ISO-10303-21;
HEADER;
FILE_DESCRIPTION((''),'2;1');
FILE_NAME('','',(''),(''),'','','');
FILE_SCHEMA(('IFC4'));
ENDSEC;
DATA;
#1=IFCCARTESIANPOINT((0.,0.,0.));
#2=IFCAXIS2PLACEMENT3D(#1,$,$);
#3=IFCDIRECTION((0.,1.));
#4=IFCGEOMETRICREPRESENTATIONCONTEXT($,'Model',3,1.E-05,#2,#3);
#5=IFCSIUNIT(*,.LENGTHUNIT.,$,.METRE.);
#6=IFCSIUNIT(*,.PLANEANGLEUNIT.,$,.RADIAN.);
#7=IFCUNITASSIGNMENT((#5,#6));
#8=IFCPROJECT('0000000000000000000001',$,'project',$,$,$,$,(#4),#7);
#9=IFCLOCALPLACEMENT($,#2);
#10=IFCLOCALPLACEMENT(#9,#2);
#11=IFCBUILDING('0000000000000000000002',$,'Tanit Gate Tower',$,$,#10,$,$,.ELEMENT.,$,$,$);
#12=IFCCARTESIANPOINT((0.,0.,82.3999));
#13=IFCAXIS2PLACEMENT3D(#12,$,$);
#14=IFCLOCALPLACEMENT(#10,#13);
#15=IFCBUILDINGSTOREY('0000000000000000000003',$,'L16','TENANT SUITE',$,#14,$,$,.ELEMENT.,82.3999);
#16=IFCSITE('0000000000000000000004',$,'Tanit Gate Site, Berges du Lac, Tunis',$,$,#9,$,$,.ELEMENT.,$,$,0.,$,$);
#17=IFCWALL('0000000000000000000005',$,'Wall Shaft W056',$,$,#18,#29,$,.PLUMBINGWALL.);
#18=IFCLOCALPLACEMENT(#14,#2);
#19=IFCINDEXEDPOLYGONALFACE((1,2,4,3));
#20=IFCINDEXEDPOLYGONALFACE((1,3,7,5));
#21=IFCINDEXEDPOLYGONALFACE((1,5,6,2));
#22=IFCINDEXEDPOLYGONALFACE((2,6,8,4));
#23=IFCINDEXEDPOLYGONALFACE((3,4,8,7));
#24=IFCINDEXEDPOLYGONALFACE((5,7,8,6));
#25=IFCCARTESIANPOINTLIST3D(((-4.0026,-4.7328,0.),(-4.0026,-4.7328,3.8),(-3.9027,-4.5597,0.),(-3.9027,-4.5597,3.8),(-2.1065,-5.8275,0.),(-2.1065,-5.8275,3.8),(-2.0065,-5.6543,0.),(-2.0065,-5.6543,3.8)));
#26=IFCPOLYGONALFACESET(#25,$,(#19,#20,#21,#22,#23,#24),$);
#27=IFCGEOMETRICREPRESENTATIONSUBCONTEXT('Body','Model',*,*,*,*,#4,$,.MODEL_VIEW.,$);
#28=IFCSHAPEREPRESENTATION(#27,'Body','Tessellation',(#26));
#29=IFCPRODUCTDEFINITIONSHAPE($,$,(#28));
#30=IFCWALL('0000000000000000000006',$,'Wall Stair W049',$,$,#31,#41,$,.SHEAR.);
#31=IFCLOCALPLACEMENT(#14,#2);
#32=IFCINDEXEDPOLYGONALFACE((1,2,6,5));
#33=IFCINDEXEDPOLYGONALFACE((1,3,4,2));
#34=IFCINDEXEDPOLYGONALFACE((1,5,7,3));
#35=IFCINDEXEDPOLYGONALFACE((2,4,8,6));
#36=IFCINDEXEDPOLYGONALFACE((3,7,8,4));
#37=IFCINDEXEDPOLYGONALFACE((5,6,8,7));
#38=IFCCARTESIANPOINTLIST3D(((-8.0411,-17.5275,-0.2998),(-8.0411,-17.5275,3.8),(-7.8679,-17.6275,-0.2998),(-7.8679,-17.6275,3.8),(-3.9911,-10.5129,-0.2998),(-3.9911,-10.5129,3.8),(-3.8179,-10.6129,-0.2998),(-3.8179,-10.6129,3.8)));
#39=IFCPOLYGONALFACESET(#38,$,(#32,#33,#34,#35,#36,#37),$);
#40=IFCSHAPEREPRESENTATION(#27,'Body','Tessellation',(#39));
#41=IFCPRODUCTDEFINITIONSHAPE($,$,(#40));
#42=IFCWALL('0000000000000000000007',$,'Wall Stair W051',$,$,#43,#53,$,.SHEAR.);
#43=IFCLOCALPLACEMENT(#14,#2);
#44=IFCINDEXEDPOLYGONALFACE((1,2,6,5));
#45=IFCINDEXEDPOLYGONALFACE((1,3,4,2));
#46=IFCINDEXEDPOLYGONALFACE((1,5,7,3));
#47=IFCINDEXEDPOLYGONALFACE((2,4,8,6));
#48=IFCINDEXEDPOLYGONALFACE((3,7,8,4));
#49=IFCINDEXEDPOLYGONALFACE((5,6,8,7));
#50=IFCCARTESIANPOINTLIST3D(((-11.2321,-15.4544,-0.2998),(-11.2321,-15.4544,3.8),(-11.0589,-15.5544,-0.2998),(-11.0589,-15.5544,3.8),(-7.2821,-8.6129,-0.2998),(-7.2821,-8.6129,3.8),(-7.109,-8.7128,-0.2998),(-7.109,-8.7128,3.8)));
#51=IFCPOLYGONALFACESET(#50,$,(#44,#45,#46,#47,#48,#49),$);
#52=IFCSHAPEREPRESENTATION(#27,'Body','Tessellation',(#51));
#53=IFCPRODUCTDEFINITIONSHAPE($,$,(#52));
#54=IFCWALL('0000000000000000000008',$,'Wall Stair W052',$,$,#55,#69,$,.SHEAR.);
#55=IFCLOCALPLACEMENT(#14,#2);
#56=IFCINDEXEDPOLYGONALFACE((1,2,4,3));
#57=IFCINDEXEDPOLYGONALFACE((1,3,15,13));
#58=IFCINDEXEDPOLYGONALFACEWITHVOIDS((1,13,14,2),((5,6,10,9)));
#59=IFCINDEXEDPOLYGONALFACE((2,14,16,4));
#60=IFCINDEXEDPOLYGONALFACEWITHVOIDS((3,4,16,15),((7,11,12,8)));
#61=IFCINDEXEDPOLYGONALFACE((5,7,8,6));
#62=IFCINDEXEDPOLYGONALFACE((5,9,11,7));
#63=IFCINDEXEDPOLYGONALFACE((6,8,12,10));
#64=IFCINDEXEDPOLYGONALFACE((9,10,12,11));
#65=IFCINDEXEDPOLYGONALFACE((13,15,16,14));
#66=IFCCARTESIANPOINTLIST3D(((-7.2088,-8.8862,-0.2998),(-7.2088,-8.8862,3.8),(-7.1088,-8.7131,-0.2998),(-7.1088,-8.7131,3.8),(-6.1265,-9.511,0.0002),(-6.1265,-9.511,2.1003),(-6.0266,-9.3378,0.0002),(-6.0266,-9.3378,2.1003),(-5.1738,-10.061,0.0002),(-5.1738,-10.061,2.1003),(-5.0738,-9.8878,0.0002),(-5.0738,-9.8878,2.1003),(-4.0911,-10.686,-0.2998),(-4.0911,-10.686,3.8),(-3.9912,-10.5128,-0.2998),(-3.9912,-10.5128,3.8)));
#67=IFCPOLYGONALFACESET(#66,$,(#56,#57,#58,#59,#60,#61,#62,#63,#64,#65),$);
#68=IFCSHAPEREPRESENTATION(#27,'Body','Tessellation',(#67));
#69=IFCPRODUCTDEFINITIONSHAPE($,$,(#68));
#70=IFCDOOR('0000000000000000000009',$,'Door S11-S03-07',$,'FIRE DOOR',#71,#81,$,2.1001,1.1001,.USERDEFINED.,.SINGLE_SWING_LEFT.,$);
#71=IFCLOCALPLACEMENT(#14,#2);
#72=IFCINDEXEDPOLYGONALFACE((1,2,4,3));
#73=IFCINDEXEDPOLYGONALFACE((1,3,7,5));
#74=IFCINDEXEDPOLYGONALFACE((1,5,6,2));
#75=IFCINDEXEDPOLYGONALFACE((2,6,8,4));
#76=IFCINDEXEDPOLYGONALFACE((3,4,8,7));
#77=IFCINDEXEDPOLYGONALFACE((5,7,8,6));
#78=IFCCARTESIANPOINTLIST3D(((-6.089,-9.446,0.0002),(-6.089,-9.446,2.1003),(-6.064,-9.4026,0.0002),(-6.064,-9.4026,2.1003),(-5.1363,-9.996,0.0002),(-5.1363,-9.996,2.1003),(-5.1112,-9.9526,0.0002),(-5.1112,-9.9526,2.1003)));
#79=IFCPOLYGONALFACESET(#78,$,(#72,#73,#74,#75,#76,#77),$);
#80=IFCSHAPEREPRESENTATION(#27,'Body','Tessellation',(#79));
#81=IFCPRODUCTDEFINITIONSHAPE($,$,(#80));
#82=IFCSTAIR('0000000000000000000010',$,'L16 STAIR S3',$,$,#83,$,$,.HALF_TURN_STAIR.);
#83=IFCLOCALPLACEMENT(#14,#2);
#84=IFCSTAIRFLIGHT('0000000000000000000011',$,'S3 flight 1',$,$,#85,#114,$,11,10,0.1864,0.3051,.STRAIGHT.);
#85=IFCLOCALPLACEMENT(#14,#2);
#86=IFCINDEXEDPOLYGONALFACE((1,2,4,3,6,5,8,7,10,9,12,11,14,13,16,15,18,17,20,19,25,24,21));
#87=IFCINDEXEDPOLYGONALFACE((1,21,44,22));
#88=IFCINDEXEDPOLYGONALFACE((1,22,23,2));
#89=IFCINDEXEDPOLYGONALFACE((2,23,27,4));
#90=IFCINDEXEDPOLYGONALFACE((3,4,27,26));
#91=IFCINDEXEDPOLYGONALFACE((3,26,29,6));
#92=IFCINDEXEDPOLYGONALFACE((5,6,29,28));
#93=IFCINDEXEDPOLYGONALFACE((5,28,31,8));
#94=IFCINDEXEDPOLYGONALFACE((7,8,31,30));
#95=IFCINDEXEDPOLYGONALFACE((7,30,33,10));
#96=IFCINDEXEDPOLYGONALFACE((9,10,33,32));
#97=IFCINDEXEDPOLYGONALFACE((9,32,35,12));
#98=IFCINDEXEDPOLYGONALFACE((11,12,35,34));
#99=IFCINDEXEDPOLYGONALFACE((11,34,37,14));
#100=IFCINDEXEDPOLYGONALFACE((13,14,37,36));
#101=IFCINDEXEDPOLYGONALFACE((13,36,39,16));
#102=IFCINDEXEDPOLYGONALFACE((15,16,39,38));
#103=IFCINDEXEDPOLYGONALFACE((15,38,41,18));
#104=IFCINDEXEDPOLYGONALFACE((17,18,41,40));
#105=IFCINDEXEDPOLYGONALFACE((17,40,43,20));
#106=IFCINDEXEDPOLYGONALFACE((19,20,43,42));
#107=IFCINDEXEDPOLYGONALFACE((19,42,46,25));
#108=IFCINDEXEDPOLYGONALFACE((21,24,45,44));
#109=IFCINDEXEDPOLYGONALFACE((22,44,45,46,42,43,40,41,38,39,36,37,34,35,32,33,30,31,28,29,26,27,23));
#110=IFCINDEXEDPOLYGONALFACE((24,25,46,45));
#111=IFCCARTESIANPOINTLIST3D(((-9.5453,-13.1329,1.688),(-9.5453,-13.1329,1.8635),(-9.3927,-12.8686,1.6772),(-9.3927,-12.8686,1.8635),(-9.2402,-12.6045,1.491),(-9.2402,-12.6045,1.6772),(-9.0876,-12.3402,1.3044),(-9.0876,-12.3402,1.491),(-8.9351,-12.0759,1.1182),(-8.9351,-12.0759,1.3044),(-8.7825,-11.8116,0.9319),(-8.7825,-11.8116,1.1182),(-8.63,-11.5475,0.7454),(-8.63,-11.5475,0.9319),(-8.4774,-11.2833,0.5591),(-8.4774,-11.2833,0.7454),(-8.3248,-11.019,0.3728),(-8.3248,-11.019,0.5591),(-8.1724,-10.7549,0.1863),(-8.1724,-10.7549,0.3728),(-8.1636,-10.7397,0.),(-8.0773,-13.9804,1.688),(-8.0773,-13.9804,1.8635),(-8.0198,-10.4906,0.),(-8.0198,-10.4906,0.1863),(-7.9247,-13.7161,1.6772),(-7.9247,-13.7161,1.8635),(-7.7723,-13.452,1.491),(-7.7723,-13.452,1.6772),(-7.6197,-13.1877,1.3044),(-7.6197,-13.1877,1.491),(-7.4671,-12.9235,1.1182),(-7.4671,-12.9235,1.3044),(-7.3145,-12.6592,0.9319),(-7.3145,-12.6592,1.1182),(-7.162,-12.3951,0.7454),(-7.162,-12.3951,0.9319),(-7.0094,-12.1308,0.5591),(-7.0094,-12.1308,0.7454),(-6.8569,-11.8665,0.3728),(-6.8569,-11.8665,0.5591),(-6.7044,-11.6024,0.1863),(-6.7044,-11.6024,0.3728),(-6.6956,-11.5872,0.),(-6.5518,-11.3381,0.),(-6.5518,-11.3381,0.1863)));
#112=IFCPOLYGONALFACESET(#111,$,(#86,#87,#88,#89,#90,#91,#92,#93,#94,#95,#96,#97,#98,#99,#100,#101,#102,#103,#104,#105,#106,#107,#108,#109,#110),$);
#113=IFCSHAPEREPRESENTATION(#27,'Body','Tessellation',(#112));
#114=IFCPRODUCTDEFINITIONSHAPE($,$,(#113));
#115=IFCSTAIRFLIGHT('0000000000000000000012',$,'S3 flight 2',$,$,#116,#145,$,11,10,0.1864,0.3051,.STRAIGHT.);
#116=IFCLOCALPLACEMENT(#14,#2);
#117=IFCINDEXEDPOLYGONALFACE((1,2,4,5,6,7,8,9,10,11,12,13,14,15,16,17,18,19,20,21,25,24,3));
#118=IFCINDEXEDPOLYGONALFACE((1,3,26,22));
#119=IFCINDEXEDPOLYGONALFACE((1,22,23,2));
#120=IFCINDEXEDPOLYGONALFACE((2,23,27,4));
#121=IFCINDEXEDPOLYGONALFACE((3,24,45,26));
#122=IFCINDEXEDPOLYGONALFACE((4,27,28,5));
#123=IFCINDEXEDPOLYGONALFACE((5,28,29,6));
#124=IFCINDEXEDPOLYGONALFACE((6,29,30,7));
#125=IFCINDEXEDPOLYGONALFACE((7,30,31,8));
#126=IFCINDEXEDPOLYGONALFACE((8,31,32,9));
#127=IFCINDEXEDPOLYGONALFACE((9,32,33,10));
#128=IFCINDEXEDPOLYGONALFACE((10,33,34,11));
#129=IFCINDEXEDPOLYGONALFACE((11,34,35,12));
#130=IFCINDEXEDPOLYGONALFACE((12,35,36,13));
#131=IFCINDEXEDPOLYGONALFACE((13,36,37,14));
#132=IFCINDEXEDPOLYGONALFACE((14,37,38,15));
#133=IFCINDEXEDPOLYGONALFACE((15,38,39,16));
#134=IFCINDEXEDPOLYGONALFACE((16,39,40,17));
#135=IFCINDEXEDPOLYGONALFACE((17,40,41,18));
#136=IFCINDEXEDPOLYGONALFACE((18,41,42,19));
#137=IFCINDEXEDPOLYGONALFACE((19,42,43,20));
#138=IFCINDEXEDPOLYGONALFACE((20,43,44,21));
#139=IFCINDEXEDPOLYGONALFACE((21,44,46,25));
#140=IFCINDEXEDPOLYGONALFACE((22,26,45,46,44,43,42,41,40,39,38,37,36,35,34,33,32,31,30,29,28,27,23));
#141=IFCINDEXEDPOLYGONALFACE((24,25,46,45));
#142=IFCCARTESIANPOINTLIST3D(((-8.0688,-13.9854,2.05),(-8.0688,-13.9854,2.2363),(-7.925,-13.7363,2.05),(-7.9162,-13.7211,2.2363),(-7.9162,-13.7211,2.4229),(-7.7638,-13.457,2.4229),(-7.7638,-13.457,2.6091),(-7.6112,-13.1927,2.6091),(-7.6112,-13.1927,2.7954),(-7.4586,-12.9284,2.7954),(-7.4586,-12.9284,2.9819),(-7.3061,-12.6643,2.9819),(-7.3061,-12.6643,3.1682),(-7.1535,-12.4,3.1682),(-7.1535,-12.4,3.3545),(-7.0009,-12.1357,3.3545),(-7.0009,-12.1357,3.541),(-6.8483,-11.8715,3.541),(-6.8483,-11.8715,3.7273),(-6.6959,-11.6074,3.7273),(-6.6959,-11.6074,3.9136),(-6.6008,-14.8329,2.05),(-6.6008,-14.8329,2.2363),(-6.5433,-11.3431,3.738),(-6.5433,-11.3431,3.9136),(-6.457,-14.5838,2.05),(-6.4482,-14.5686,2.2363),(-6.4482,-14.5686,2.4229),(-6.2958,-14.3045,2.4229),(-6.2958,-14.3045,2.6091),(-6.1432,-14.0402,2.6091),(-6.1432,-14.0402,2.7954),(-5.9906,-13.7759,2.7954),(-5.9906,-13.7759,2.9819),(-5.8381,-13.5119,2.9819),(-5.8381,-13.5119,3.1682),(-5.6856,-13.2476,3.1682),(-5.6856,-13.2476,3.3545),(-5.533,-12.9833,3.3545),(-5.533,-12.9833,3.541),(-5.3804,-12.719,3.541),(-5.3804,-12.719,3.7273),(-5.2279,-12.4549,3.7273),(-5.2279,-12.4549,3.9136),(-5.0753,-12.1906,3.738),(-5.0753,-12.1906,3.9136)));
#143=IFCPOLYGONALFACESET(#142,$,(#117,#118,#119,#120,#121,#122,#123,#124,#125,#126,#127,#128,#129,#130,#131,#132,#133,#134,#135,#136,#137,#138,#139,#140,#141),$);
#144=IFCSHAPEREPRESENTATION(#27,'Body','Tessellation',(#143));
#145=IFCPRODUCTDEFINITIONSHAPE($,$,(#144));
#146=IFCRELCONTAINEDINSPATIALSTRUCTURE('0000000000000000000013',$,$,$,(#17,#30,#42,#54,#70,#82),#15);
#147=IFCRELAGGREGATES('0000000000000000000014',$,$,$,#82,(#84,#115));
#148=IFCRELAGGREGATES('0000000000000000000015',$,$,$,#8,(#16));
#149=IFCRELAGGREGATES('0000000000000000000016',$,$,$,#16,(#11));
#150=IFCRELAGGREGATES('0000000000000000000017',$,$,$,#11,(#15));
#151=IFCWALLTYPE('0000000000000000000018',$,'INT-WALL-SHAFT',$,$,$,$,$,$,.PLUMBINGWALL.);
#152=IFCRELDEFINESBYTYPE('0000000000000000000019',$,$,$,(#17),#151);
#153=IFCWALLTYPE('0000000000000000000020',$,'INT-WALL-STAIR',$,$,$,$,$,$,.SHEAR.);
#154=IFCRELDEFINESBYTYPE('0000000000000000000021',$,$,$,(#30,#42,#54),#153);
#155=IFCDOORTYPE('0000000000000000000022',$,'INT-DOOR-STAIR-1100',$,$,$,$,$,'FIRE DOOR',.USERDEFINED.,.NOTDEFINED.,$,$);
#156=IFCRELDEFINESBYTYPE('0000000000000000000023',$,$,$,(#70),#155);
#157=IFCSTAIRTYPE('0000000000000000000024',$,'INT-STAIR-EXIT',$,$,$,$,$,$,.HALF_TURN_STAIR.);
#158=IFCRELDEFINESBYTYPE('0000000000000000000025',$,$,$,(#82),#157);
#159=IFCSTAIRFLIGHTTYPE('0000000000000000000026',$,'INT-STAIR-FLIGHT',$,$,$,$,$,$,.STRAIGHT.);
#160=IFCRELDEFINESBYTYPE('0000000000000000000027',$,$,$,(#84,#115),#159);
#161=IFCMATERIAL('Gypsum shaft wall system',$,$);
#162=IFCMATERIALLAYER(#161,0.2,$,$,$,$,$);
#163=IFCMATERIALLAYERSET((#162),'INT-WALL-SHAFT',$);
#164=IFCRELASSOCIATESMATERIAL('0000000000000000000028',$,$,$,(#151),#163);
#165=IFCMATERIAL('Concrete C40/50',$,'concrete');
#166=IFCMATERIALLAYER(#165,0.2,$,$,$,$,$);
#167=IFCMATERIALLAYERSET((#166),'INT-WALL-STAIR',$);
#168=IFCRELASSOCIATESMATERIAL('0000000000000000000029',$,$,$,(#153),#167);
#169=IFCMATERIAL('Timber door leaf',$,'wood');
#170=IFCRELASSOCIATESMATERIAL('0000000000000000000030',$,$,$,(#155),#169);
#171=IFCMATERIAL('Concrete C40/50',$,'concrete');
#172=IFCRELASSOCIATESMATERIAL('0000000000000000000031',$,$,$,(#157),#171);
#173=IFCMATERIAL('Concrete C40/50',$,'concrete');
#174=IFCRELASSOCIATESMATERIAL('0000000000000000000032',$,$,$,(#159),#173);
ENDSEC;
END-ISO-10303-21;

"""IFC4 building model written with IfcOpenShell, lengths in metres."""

from ifc_helpers import new_model, si_unit, direction, frame, frame_2d, origin, place, context, subcontext, project, spatial, polyline, rectangle, outline, extrude, material, layer, layer_set, type_object, element, fill, aggregate, save


model = new_model("IFC4")

# Units and contexts
model_context = context("Model", 3, precision=1e-05, world=origin(), true_north=direction((0.0, 1.0)))
body_context = subcontext(model_context, "Body", "Model", "MODEL_VIEW")
ifc_project = project(units=[si_unit("LENGTHUNIT", "METRE"), si_unit("PLANEANGLEUNIT", "RADIAN")], contexts=[model_context])

# Site, building, storey
site_placement = place(None, origin())
site = spatial("IfcSite", under=ifc_project, at=site_placement, Name="Tanit Gate Site, Berges du Lac, Tunis", CompositionType="ELEMENT", RefElevation=0.0)
building_placement = place(site_placement, origin())
building = spatial("IfcBuilding", under=site, at=building_placement, Name="Tanit Gate Tower", CompositionType="ELEMENT")
storey_placement = place(building_placement, frame((0.0, 0.0, 82.3999)))
storey = spatial("IfcBuildingStorey", under=building, at=storey_placement, Name="L16", Description="TENANT SUITE", CompositionType="ELEMENT", Elevation=82.3999)

# Shared definitions
ifc_material_1 = material(Name="Gypsum shaft wall system")
ifc_layer_1 = layer(ifc_material_1, 0.2)
ifc_layer_set_1 = layer_set([ifc_layer_1], Name="INT-WALL-SHAFT")
wall_type_1 = type_object("IfcWallType", Name="INT-WALL-SHAFT", PredefinedType="PLUMBINGWALL", material=ifc_layer_set_1)

# Walls
wall_1_placement = place(storey_placement, frame((-3.9526, -4.6462, 0.0), z_axis=(0.0, 0.0, 1.0), x_axis=(0.866039, -0.499977, 0.0)))
element("IfcWall", 1, at=wall_1_placement, inside=storey, type_object=wall_type_1, Name="Wall Shaft W056", PredefinedType="PLUMBINGWALL", context=body_context, shape_type="SweptSolid", body=[
    extrude(rectangle(XDim=2.1895, YDim=0.2, at=frame_2d((1.0947, 0.0))), origin(), (0.0, 0.0, 1.0), 3.8),
])
ifc_material_2 = material(Name="Concrete C40/50", Category="concrete")
ifc_layer_2 = layer(ifc_material_2, 0.2)
ifc_layer_set_2 = layer_set([ifc_layer_2], Name="INT-WALL-STAIR")
wall_type_2 = type_object("IfcWallType", Name="INT-WALL-STAIR", PredefinedType="SHEAR", material=ifc_layer_set_2)
wall_2_placement = place(storey_placement, frame((-3.9045, -10.563, -0.2998), z_axis=(0.0, 0.0, 1.0), x_axis=(-0.500013, -0.866018, 0.0)))
element("IfcWall", 2, at=wall_2_placement, inside=storey, type_object=wall_type_2, Name="Wall Stair W049", PredefinedType="SHEAR", context=body_context, shape_type="SweptSolid", body=[
    extrude(rectangle(XDim=8.0999, YDim=0.2, at=frame_2d((4.0498, 0.0))), origin(), (0.0, 0.0, 1.0), 4.0999),
])
wall_3_placement = place(storey_placement, frame((-7.1956, -8.6628, -0.2998), z_axis=(0.0, 0.0, 1.0), x_axis=(-0.499998, -0.866027, 0.0)))
element("IfcWall", 3, at=wall_3_placement, inside=storey, type_object=wall_type_2, Name="Wall Stair W051", PredefinedType="SHEAR", context=body_context, shape_type="SweptSolid", body=[
    extrude(rectangle(XDim=7.8999, YDim=0.2, at=frame_2d((3.95, 0.0))), origin(), (0.0, 0.0, 1.0), 4.0999),
])

# Wall, opening, door
wall_4_placement = place(storey_placement, frame((-4.0413, -10.5994, -0.2998), z_axis=(0.0, 0.0, 1.0), x_axis=(-0.866048, 0.499961, 0.0)))
wall_4 = element("IfcWall", 4, at=wall_4_placement, inside=storey, type_object=wall_type_2, Name="Wall Stair W052", PredefinedType="SHEAR", context=body_context, shape_type="SweptSolid", body=[
    extrude(rectangle(XDim=3.5999, YDim=0.2, at=frame_2d((1.7998, 0.0))), origin(), (0.0, 0.0, 1.0), 4.0999),
])
opening_1_placement = place(wall_4_placement, frame((1.25, 0.0, 0.3)))
opening_1 = element("IfcOpeningElement", 5, at=opening_1_placement, cuts=wall_4, PredefinedType="OPENING", context=body_context, shape_type="SweptSolid", body=[
    extrude(rectangle(XDim=1.1001, YDim=2.1001, at=frame_2d((0.55, 1.05))), frame((0.0, 0.1099, 0.0), z_axis=(0.0, -1.0, 0.0), x_axis=(1.0, 0.0, 0.0)), (0.0, 0.0, 1.0), 0.22),
])
ifc_material_3 = material(Name="Timber door leaf", Category="wood")
door_type_1 = type_object("IfcDoorType", Name="INT-DOOR-STAIR-1100", ElementType="FIRE DOOR", OperationType="NOTDEFINED", PredefinedType="USERDEFINED", material=ifc_material_3)
door_1_placement = place(opening_1_placement, origin())
door_1 = element("IfcDoor", 6, at=door_1_placement, inside=storey, type_object=door_type_1, Name="Door S11-S03-07", ObjectType="FIRE DOOR", OperationType="SINGLE_SWING_LEFT", OverallHeight=2.1001, OverallWidth=1.1001, PredefinedType="USERDEFINED", context=body_context, shape_type="SweptSolid", body=[
    extrude(rectangle(XDim=1.1001, YDim=2.1001, at=frame_2d((0.55, 1.05))), frame((0.0, 0.0249, 0.0), z_axis=(0.0, -1.0, 0.0), x_axis=(1.0, 0.0, 0.0)), (0.0, 0.0, 1.0), 0.05),
])
fill(opening_1, door_1)

# Stair, stair flights
ifc_material_4 = material(Name="Concrete C40/50", Category="concrete")
stair_type = type_object("IfcStairType", Name="INT-STAIR-EXIT", PredefinedType="HALF_TURN_STAIR", material=ifc_material_4)
stair_placement = place(storey_placement, origin())
stair = element("IfcStair", 7, at=stair_placement, inside=storey, type_object=stair_type, Name="L16 STAIR S3", PredefinedType="HALF_TURN_STAIR")
ifc_material_5 = material(Name="Concrete C40/50", Category="concrete")
stair_flight_type = type_object("IfcStairFlightType", Name="INT-STAIR-FLIGHT", PredefinedType="STRAIGHT", material=ifc_material_5)
stair_flight_1_placement = place(storey_placement, frame((-7.2859, -10.9143, 0.0), z_axis=(0.0, 0.0, 1.0), x_axis=(-0.5, -0.866025, 0.0)))
stair_flight_1 = element("IfcStairFlight", 8, at=stair_flight_1_placement, type_object=stair_flight_type, Name="S3 flight 1", NumberOfRisers=11, NumberOfTreads=10, PredefinedType="STRAIGHT", RiserHeight=0.1864, TreadLength=0.3051, context=body_context, shape_type="SweptSolid", body=[
    extrude(outline(polyline([(0.0, 0.0), (0.0, 0.1863), (0.3052, 0.1863), (0.3052, 0.3728), (0.6101, 0.3728), (0.6101, 0.5591), (0.9153, 0.5591), (0.9153, 0.7454), (1.2205, 0.7454), (1.2205, 0.9319), (1.5254, 0.9319), (1.5254, 1.1182), (1.8306, 1.1182), (1.8306, 1.3044), (2.1357, 1.3044), (2.1357, 1.491), (2.4409, 1.491), (2.4409, 1.6772), (2.7458, 1.6772), (2.7458, 1.8635), (3.051, 1.8635), (3.051, 2.05), (3.051, 1.688), (0.2876, 0.0), (0.0, 0.0)])), frame((0.0, 0.8477, 0.0), z_axis=(0.0, -1.0, 0.0), x_axis=(1.0, 0.0, 0.0)), (0.0, 0.0, 1.0), 1.6951),
])
stair_flight_2_placement = place(storey_placement, frame((-7.3347, -14.4092, 2.05), z_axis=(0.0, 0.0, 1.0), x_axis=(0.5, 0.866025, 0.0)))
stair_flight_2 = element("IfcStairFlight", 9, at=stair_flight_2_placement, type_object=stair_flight_type, Name="S3 flight 2", NumberOfRisers=11, NumberOfTreads=10, PredefinedType="STRAIGHT", RiserHeight=0.1864, TreadLength=0.3051, context=body_context, shape_type="SweptSolid", body=[
    extrude(outline(polyline([(0.0, 0.0), (0.0, 0.1863), (0.3052, 0.1863), (0.3052, 0.3728), (0.6101, 0.3728), (0.6101, 0.5591), (0.9153, 0.5591), (0.9153, 0.7454), (1.2205, 0.7454), (1.2205, 0.9319), (1.5254, 0.9319), (1.5254, 1.1182), (1.8306, 1.1182), (1.8306, 1.3044), (2.1357, 1.3044), (2.1357, 1.491), (2.4409, 1.491), (2.4409, 1.6772), (2.7458, 1.6772), (2.7458, 1.8635), (3.051, 1.8635), (3.051, 2.05), (3.051, 1.688), (0.2876, 0.0), (0.0, 0.0)])), frame((0.0, 0.8477, 0.0), z_axis=(0.0, -1.0, 0.0), x_axis=(1.0, 0.0, 0.0)), (0.0, 0.0, 1.0), 1.6951),
])
aggregate(stair, [stair_flight_1, stair_flight_2])

save(model, "model.ifc")
